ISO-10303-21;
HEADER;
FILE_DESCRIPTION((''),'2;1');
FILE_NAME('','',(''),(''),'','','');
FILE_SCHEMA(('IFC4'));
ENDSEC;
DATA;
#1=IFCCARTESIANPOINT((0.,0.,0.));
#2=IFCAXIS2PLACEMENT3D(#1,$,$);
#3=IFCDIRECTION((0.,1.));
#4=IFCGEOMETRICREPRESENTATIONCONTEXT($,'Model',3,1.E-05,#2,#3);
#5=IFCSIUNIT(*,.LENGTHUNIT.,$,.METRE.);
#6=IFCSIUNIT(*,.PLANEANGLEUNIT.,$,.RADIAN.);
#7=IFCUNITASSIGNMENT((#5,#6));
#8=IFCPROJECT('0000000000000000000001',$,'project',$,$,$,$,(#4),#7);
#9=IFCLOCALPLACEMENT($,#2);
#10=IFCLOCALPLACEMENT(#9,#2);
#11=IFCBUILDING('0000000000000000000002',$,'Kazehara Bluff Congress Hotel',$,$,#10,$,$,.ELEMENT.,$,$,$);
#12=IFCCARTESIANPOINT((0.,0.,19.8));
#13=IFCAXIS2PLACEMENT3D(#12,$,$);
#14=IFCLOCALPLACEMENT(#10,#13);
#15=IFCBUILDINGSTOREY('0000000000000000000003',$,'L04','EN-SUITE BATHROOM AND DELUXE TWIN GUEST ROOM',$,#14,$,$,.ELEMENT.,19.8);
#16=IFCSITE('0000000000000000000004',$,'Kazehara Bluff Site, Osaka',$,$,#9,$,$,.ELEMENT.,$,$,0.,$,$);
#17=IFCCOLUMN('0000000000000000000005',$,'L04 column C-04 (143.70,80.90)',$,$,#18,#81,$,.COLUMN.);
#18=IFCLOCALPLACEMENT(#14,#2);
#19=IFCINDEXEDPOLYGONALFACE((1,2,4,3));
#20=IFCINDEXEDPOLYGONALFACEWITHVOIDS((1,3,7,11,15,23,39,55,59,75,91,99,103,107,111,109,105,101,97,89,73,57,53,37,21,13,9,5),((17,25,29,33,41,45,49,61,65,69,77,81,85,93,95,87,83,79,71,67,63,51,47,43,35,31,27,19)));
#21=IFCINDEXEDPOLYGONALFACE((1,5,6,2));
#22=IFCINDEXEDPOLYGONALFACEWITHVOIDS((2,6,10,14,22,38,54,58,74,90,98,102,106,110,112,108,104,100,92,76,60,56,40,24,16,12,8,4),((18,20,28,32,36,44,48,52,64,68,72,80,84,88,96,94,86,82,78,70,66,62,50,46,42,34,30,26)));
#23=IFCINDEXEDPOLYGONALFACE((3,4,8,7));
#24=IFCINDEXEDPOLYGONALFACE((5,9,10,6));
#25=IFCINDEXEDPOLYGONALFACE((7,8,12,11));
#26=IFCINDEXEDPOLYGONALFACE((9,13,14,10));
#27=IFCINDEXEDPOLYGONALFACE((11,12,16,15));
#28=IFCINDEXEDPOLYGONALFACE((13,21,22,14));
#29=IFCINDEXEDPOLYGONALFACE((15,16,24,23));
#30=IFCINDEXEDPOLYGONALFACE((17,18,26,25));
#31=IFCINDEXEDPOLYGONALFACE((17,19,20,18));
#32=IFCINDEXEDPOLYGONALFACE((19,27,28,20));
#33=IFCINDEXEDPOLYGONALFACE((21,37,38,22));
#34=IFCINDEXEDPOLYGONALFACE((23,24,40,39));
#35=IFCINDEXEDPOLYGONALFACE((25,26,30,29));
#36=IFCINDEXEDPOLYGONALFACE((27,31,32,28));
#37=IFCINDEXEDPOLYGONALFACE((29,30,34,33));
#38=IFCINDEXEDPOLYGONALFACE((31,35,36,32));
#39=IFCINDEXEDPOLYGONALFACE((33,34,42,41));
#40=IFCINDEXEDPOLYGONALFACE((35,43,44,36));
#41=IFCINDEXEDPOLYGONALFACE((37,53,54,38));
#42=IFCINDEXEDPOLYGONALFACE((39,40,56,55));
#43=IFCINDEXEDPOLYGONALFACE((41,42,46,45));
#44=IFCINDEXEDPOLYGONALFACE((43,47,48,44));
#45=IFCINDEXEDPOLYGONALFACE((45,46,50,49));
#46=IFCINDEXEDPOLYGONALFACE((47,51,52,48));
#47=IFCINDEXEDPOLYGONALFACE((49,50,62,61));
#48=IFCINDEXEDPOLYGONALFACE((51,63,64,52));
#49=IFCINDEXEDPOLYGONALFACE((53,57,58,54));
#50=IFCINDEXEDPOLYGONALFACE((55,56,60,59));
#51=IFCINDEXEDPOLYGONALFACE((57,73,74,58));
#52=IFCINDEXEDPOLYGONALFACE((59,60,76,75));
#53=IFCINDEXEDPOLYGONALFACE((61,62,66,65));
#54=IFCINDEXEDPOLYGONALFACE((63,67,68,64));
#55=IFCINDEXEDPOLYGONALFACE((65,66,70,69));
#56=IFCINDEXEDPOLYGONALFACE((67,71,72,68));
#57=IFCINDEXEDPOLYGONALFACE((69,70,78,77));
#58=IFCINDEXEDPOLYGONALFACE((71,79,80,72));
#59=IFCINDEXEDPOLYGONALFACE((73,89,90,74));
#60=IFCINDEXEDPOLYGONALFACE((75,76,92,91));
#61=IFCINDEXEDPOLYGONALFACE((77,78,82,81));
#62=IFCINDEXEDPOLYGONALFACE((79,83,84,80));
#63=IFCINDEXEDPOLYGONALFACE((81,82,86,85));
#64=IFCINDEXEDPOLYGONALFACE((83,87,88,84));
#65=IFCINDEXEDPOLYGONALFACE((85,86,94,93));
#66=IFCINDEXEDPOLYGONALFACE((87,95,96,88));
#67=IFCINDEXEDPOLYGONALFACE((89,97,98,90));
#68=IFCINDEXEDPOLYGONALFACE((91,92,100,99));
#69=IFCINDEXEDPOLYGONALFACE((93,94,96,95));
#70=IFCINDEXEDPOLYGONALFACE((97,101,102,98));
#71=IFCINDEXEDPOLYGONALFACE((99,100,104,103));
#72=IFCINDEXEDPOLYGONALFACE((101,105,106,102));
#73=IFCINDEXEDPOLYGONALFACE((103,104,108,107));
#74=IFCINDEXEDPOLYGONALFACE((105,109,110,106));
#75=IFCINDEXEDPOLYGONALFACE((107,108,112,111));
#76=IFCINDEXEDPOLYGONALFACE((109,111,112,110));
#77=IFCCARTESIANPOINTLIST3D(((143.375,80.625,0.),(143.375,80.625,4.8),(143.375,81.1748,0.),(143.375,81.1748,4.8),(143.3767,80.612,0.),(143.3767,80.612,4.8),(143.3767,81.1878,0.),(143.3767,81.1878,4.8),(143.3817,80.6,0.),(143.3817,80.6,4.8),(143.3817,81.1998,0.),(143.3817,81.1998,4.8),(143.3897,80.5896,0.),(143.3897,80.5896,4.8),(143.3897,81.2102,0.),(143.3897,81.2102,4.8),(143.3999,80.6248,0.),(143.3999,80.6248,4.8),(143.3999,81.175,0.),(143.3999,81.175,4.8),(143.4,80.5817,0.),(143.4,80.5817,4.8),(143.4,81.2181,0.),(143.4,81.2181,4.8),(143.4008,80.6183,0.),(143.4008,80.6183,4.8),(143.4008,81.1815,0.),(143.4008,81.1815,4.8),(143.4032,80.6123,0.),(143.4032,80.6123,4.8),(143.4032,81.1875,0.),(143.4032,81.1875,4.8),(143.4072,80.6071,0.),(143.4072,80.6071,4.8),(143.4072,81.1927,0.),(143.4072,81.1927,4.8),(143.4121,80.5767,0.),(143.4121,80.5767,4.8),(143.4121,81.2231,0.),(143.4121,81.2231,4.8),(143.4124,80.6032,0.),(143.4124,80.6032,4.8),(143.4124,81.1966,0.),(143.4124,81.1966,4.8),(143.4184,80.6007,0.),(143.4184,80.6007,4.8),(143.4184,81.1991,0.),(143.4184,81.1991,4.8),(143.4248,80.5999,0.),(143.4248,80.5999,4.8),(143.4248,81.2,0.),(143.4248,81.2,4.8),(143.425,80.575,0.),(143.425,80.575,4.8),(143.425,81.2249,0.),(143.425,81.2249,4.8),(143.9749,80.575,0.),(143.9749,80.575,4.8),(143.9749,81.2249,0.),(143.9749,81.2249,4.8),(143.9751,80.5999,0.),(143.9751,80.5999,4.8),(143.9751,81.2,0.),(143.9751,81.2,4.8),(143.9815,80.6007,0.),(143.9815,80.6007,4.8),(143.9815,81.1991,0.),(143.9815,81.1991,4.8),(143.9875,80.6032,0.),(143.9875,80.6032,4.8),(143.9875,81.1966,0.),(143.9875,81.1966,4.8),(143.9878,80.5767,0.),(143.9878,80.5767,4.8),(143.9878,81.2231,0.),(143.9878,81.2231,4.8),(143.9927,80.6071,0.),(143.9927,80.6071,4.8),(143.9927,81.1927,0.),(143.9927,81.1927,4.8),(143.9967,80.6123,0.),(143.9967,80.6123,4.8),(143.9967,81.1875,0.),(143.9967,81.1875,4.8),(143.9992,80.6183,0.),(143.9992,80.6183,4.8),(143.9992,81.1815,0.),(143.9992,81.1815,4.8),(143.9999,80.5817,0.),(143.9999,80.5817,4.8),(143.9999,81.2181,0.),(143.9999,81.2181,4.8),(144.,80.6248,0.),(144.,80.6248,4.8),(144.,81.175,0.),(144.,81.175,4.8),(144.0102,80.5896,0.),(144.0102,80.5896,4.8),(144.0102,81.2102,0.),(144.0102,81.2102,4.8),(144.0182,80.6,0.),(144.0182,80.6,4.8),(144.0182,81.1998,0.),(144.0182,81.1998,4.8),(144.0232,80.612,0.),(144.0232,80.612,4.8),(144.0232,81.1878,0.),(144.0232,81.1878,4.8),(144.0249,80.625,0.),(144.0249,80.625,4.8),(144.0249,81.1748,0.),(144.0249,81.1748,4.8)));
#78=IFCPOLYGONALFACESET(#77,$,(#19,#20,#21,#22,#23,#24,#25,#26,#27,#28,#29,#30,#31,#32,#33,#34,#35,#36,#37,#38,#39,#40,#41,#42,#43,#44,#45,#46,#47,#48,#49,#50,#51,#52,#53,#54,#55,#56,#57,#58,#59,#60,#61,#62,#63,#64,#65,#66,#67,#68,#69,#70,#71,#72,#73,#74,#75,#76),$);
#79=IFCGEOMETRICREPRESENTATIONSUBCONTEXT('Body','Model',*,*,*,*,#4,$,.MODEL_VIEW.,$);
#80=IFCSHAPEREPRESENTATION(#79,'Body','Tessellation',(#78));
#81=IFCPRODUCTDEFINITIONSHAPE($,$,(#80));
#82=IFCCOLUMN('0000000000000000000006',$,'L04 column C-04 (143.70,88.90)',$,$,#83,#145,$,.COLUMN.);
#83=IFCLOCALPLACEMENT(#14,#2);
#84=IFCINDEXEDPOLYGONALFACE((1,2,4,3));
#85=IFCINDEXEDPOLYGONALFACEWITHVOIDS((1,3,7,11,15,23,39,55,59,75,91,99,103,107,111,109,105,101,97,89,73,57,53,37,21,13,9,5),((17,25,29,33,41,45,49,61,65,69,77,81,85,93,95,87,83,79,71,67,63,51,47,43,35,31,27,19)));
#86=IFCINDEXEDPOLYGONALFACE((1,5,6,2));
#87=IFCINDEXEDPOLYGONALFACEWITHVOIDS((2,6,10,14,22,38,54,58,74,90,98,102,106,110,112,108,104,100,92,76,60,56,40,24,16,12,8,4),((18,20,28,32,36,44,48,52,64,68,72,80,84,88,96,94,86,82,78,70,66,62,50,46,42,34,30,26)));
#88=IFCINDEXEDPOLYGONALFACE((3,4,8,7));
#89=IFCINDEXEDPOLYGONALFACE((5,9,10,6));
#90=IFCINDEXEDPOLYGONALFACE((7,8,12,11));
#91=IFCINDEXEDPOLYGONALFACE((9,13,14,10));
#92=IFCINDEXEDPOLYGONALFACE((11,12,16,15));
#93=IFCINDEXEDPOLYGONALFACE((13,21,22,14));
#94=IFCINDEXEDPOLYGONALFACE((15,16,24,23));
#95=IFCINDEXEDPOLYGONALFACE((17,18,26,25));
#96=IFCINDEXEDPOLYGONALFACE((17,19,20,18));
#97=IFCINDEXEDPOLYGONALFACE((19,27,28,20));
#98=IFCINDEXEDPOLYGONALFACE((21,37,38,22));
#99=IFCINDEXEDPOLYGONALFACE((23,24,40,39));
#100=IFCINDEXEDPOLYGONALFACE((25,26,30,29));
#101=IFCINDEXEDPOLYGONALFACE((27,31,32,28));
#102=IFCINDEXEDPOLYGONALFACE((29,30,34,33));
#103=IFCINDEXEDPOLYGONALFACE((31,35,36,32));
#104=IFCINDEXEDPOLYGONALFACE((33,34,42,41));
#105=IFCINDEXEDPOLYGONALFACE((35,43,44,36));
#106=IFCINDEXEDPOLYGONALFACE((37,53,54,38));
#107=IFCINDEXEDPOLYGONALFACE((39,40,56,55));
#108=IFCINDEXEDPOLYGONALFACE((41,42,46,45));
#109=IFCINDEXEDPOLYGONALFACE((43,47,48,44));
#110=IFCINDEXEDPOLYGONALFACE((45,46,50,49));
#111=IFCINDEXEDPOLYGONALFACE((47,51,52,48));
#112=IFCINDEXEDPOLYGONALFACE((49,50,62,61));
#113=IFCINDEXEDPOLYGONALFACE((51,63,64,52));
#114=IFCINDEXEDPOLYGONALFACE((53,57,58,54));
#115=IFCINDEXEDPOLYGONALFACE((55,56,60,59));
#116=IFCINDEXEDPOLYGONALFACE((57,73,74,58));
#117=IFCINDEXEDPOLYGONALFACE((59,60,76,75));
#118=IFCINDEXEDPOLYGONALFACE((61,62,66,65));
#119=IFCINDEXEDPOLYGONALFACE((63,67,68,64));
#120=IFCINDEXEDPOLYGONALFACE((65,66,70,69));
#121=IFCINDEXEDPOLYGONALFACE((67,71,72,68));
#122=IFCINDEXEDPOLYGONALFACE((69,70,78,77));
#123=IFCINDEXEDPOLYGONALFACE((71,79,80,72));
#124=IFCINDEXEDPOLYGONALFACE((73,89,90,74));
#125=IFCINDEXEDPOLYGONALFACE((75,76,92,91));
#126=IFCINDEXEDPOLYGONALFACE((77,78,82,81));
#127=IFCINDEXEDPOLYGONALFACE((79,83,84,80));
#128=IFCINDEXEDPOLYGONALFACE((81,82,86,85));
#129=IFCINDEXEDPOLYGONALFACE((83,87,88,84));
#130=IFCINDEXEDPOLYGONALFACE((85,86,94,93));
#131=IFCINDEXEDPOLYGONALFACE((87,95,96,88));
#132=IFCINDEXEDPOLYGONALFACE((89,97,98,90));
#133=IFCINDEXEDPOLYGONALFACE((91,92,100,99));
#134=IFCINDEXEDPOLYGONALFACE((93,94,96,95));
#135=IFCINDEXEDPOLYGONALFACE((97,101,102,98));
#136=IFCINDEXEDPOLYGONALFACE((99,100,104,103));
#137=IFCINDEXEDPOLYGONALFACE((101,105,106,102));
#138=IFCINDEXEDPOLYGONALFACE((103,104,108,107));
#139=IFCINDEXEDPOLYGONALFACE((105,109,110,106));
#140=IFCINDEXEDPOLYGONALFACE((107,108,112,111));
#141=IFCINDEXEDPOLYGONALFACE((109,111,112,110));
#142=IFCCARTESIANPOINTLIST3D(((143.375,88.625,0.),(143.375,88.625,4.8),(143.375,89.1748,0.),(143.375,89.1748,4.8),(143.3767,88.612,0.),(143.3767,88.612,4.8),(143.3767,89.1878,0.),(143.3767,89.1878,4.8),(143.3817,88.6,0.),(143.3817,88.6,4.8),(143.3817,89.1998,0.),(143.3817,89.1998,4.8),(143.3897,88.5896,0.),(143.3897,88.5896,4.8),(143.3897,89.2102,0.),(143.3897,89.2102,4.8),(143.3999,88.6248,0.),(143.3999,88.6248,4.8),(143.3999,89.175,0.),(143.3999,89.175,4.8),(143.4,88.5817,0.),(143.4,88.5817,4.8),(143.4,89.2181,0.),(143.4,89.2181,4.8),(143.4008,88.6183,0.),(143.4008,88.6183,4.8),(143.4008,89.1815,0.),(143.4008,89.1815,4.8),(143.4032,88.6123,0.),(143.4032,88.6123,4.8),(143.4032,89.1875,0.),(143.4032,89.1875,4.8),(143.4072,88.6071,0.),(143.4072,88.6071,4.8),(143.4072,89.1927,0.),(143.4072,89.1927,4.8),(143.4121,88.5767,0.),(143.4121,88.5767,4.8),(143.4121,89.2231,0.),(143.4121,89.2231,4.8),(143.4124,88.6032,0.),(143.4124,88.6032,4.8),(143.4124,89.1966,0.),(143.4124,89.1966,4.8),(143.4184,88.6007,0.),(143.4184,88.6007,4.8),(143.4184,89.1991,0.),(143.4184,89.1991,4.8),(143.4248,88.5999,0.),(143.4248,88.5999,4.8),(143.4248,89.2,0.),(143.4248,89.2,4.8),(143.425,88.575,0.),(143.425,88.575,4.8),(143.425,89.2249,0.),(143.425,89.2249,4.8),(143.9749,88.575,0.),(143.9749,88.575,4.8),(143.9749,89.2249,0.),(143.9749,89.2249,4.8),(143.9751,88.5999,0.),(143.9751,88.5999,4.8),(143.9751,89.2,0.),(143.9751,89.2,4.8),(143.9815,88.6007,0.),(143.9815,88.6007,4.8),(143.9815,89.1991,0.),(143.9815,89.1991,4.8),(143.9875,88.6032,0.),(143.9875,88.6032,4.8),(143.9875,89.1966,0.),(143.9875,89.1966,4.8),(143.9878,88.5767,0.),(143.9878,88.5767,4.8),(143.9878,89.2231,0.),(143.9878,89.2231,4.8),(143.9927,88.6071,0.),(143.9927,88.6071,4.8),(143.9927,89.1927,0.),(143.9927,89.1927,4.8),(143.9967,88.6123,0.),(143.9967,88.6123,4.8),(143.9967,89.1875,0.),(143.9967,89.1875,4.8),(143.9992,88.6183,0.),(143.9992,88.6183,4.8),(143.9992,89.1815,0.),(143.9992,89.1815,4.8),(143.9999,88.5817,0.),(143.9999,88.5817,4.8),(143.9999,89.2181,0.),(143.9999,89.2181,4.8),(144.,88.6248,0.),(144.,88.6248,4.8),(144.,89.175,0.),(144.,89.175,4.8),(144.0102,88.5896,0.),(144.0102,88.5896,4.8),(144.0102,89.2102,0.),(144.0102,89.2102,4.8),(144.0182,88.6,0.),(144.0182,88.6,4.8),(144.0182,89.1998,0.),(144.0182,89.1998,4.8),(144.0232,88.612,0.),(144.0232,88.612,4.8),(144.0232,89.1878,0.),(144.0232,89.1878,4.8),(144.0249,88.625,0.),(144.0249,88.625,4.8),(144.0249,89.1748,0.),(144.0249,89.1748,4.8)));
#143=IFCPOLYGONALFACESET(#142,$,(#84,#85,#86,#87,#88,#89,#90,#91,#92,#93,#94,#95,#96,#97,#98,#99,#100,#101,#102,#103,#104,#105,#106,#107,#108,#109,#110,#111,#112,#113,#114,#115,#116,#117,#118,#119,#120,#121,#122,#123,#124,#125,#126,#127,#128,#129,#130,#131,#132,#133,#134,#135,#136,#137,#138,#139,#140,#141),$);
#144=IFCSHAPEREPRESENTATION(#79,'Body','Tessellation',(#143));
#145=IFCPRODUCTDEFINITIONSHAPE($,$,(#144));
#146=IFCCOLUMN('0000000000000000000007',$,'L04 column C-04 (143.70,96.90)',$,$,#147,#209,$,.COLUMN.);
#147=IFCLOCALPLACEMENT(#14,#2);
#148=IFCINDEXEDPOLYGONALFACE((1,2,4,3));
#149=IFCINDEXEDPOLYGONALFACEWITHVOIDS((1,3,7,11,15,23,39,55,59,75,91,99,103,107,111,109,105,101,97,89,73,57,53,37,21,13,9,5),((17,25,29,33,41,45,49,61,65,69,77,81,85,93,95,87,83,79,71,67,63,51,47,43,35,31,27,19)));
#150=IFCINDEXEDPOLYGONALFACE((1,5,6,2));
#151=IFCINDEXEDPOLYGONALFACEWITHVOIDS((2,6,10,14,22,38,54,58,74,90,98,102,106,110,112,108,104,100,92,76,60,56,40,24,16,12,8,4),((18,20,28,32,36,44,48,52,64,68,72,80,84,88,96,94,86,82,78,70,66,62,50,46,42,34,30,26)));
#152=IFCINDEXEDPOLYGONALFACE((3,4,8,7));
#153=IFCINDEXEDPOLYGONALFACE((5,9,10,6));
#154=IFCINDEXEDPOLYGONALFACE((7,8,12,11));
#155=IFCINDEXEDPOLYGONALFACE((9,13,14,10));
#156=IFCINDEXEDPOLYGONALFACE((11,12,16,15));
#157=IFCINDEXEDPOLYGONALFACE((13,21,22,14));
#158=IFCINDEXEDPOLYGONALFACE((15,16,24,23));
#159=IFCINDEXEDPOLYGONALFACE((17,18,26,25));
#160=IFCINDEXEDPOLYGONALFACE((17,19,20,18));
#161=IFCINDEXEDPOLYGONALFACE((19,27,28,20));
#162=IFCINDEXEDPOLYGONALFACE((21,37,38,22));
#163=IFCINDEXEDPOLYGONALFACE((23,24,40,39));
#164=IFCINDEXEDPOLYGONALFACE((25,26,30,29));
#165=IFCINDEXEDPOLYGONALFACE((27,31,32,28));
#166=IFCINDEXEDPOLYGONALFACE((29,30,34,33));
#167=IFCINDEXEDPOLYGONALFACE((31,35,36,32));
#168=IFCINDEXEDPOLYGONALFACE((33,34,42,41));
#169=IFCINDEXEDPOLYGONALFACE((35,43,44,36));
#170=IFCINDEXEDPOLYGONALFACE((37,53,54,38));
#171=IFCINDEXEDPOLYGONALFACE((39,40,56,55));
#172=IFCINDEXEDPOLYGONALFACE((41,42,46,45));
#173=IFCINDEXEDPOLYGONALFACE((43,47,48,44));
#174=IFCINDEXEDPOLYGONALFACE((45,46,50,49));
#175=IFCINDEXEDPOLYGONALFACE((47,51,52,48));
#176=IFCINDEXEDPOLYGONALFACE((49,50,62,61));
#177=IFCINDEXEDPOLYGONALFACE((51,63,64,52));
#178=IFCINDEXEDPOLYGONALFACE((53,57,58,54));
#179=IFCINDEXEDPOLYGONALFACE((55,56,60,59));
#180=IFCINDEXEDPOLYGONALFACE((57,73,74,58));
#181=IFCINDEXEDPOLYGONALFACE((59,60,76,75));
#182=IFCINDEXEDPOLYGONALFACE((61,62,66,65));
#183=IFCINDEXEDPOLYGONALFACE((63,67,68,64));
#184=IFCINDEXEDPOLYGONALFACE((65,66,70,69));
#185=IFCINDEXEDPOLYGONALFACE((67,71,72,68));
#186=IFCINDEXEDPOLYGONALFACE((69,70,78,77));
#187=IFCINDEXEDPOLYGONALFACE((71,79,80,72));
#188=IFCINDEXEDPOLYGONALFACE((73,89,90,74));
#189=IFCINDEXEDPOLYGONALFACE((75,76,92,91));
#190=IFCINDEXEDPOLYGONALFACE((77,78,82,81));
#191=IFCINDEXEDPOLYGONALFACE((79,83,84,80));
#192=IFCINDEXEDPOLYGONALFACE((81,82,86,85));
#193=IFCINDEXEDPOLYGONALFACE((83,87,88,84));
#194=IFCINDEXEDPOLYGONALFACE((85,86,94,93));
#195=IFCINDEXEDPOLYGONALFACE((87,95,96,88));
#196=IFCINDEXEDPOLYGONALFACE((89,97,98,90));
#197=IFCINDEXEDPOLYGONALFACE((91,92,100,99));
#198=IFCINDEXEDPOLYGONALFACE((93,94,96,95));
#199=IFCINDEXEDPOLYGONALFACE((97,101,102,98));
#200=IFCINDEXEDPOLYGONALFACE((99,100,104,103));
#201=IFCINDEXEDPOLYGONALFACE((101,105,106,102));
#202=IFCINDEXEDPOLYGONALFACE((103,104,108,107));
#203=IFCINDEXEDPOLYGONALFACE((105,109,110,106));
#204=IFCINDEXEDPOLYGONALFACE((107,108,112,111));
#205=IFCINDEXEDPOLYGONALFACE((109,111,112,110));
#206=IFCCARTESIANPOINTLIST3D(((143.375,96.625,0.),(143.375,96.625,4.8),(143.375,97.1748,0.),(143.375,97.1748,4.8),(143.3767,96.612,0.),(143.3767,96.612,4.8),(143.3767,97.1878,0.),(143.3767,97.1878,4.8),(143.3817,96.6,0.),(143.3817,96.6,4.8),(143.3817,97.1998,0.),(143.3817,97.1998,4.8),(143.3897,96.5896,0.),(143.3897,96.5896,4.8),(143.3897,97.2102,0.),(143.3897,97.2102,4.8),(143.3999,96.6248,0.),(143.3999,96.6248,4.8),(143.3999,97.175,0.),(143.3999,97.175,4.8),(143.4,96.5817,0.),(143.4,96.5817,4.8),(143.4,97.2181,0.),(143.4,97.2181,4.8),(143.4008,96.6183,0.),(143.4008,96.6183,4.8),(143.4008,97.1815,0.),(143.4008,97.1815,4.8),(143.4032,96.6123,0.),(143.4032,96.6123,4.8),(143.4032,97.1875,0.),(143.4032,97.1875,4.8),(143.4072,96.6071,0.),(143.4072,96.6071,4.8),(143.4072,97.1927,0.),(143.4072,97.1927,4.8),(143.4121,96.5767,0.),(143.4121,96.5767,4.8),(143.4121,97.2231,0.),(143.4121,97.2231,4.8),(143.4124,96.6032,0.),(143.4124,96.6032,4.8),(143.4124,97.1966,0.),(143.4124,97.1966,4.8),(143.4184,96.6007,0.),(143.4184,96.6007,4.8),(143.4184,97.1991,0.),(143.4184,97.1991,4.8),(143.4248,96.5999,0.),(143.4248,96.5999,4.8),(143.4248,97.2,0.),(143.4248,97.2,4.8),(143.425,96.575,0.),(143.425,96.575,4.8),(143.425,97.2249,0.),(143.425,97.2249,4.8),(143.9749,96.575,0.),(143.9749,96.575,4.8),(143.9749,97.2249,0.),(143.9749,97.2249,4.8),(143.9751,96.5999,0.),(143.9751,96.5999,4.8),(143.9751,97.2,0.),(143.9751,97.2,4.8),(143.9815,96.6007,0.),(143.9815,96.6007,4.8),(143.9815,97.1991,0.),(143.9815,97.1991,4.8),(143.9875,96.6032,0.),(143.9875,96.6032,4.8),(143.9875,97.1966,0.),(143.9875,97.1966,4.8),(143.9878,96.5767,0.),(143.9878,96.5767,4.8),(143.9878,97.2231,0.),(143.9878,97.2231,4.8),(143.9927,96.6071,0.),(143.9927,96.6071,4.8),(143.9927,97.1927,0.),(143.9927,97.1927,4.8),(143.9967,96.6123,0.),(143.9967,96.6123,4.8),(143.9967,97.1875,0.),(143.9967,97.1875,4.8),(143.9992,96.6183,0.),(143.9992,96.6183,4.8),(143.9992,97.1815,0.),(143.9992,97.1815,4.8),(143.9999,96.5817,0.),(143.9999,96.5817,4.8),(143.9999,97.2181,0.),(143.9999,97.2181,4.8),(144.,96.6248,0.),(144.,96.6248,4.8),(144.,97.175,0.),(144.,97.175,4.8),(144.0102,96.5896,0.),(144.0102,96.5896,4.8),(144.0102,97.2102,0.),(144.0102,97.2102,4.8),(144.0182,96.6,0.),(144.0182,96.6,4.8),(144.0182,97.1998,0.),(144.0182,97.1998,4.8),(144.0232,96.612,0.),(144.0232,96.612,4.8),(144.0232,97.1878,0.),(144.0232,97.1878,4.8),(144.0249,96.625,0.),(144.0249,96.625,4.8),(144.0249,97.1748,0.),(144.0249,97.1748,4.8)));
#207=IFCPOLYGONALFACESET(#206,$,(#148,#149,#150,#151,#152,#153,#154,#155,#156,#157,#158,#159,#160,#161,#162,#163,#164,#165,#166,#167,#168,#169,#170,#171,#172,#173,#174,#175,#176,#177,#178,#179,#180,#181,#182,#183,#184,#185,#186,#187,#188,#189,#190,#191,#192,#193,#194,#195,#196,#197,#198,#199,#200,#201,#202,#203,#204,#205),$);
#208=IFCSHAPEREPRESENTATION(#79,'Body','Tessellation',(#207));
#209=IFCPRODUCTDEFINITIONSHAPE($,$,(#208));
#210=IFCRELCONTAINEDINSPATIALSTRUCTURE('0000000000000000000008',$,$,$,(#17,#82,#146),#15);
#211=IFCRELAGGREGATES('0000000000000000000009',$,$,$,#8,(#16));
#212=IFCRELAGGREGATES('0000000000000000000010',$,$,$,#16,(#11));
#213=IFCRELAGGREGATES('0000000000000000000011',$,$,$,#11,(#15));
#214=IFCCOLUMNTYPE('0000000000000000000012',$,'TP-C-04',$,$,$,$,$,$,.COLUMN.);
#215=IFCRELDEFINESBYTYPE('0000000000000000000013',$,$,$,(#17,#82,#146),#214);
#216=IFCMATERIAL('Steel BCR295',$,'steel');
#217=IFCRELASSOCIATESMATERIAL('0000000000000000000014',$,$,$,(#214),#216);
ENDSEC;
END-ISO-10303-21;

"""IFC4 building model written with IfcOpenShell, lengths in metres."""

from ifc_helpers import new_model, si_unit, direction, frame, origin, origin_2d, place, context, subcontext, project, spatial, hollow_rectangle, extrude, material, material_profile, profile_set, type_object, element, save


model = new_model("IFC4")

# Units and contexts
model_context = context("Model", 3, precision=1e-05, world=origin(), true_north=direction((0.0, 1.0)))
body_context = subcontext(model_context, "Body", "Model", "MODEL_VIEW")
ifc_project = project(units=[si_unit("LENGTHUNIT", "METRE"), si_unit("PLANEANGLEUNIT", "RADIAN")], contexts=[model_context])

# Site, building, storey
site_placement = place(None, origin())
site = spatial("IfcSite", under=ifc_project, at=site_placement, Name="Kazehara Bluff Site, Osaka", CompositionType="ELEMENT", RefElevation=0.0)
building_placement = place(site_placement, origin())
building = spatial("IfcBuilding", under=site, at=building_placement, Name="Kazehara Bluff Congress Hotel", CompositionType="ELEMENT")
storey_placement = place(building_placement, frame((0.0, 0.0, 19.8)))
storey = spatial("IfcBuildingStorey", under=building, at=storey_placement, Name="L04", Description="EN-SUITE BATHROOM AND DELUXE TWIN GUEST ROOM", CompositionType="ELEMENT", Elevation=19.8)

# Columns
ifc_material_1 = material(Name="Steel BCR295", Category="steel")
ifc_material_profile_1 = material_profile(ifc_material_1, hollow_rectangle(XDim=0.6499, YDim=0.6499, WallThickness=0.0249, InnerFilletRadius=0.0249, OuterFilletRadius=0.05, at=origin_2d()))
ifc_profile_set_1 = profile_set([ifc_material_profile_1], Name="Steel BCR295")
column_type = type_object("IfcColumnType", Name="TP-C-04", PredefinedType="COLUMN", material=ifc_profile_set_1)
for number, where, z_axis, x_axis, name in (
    (1, (143.7, 80.8999, 0.0), (0.0, 0.0, 1.0), (1.0, 0.0, 0.0), "L04 column C-04 (143.70,80.90)"),
    (2, (143.7, 88.8999, 0.0), (0.0, 0.0, 1.0), (1.0, 0.0, 0.0), "L04 column C-04 (143.70,88.90)"),
    (3, (143.7, 96.8999, 0.0), (0.0, 0.0, 1.0), (1.0, 0.0, 0.0), "L04 column C-04 (143.70,96.90)"),
):
    element("IfcColumn", number, at=place(storey_placement, frame(where, z_axis=z_axis, x_axis=x_axis)), inside=storey, type_object=column_type, Name=name, PredefinedType="COLUMN", context=body_context, shape_type="SweptSolid", body=[
        extrude(hollow_rectangle(XDim=0.6499, YDim=0.6499, WallThickness=0.0249, InnerFilletRadius=0.0249, OuterFilletRadius=0.05, at=origin_2d()), origin(), (0.0, 0.0, 1.0), 4.8),
    ])

save(model, "model.ifc")
